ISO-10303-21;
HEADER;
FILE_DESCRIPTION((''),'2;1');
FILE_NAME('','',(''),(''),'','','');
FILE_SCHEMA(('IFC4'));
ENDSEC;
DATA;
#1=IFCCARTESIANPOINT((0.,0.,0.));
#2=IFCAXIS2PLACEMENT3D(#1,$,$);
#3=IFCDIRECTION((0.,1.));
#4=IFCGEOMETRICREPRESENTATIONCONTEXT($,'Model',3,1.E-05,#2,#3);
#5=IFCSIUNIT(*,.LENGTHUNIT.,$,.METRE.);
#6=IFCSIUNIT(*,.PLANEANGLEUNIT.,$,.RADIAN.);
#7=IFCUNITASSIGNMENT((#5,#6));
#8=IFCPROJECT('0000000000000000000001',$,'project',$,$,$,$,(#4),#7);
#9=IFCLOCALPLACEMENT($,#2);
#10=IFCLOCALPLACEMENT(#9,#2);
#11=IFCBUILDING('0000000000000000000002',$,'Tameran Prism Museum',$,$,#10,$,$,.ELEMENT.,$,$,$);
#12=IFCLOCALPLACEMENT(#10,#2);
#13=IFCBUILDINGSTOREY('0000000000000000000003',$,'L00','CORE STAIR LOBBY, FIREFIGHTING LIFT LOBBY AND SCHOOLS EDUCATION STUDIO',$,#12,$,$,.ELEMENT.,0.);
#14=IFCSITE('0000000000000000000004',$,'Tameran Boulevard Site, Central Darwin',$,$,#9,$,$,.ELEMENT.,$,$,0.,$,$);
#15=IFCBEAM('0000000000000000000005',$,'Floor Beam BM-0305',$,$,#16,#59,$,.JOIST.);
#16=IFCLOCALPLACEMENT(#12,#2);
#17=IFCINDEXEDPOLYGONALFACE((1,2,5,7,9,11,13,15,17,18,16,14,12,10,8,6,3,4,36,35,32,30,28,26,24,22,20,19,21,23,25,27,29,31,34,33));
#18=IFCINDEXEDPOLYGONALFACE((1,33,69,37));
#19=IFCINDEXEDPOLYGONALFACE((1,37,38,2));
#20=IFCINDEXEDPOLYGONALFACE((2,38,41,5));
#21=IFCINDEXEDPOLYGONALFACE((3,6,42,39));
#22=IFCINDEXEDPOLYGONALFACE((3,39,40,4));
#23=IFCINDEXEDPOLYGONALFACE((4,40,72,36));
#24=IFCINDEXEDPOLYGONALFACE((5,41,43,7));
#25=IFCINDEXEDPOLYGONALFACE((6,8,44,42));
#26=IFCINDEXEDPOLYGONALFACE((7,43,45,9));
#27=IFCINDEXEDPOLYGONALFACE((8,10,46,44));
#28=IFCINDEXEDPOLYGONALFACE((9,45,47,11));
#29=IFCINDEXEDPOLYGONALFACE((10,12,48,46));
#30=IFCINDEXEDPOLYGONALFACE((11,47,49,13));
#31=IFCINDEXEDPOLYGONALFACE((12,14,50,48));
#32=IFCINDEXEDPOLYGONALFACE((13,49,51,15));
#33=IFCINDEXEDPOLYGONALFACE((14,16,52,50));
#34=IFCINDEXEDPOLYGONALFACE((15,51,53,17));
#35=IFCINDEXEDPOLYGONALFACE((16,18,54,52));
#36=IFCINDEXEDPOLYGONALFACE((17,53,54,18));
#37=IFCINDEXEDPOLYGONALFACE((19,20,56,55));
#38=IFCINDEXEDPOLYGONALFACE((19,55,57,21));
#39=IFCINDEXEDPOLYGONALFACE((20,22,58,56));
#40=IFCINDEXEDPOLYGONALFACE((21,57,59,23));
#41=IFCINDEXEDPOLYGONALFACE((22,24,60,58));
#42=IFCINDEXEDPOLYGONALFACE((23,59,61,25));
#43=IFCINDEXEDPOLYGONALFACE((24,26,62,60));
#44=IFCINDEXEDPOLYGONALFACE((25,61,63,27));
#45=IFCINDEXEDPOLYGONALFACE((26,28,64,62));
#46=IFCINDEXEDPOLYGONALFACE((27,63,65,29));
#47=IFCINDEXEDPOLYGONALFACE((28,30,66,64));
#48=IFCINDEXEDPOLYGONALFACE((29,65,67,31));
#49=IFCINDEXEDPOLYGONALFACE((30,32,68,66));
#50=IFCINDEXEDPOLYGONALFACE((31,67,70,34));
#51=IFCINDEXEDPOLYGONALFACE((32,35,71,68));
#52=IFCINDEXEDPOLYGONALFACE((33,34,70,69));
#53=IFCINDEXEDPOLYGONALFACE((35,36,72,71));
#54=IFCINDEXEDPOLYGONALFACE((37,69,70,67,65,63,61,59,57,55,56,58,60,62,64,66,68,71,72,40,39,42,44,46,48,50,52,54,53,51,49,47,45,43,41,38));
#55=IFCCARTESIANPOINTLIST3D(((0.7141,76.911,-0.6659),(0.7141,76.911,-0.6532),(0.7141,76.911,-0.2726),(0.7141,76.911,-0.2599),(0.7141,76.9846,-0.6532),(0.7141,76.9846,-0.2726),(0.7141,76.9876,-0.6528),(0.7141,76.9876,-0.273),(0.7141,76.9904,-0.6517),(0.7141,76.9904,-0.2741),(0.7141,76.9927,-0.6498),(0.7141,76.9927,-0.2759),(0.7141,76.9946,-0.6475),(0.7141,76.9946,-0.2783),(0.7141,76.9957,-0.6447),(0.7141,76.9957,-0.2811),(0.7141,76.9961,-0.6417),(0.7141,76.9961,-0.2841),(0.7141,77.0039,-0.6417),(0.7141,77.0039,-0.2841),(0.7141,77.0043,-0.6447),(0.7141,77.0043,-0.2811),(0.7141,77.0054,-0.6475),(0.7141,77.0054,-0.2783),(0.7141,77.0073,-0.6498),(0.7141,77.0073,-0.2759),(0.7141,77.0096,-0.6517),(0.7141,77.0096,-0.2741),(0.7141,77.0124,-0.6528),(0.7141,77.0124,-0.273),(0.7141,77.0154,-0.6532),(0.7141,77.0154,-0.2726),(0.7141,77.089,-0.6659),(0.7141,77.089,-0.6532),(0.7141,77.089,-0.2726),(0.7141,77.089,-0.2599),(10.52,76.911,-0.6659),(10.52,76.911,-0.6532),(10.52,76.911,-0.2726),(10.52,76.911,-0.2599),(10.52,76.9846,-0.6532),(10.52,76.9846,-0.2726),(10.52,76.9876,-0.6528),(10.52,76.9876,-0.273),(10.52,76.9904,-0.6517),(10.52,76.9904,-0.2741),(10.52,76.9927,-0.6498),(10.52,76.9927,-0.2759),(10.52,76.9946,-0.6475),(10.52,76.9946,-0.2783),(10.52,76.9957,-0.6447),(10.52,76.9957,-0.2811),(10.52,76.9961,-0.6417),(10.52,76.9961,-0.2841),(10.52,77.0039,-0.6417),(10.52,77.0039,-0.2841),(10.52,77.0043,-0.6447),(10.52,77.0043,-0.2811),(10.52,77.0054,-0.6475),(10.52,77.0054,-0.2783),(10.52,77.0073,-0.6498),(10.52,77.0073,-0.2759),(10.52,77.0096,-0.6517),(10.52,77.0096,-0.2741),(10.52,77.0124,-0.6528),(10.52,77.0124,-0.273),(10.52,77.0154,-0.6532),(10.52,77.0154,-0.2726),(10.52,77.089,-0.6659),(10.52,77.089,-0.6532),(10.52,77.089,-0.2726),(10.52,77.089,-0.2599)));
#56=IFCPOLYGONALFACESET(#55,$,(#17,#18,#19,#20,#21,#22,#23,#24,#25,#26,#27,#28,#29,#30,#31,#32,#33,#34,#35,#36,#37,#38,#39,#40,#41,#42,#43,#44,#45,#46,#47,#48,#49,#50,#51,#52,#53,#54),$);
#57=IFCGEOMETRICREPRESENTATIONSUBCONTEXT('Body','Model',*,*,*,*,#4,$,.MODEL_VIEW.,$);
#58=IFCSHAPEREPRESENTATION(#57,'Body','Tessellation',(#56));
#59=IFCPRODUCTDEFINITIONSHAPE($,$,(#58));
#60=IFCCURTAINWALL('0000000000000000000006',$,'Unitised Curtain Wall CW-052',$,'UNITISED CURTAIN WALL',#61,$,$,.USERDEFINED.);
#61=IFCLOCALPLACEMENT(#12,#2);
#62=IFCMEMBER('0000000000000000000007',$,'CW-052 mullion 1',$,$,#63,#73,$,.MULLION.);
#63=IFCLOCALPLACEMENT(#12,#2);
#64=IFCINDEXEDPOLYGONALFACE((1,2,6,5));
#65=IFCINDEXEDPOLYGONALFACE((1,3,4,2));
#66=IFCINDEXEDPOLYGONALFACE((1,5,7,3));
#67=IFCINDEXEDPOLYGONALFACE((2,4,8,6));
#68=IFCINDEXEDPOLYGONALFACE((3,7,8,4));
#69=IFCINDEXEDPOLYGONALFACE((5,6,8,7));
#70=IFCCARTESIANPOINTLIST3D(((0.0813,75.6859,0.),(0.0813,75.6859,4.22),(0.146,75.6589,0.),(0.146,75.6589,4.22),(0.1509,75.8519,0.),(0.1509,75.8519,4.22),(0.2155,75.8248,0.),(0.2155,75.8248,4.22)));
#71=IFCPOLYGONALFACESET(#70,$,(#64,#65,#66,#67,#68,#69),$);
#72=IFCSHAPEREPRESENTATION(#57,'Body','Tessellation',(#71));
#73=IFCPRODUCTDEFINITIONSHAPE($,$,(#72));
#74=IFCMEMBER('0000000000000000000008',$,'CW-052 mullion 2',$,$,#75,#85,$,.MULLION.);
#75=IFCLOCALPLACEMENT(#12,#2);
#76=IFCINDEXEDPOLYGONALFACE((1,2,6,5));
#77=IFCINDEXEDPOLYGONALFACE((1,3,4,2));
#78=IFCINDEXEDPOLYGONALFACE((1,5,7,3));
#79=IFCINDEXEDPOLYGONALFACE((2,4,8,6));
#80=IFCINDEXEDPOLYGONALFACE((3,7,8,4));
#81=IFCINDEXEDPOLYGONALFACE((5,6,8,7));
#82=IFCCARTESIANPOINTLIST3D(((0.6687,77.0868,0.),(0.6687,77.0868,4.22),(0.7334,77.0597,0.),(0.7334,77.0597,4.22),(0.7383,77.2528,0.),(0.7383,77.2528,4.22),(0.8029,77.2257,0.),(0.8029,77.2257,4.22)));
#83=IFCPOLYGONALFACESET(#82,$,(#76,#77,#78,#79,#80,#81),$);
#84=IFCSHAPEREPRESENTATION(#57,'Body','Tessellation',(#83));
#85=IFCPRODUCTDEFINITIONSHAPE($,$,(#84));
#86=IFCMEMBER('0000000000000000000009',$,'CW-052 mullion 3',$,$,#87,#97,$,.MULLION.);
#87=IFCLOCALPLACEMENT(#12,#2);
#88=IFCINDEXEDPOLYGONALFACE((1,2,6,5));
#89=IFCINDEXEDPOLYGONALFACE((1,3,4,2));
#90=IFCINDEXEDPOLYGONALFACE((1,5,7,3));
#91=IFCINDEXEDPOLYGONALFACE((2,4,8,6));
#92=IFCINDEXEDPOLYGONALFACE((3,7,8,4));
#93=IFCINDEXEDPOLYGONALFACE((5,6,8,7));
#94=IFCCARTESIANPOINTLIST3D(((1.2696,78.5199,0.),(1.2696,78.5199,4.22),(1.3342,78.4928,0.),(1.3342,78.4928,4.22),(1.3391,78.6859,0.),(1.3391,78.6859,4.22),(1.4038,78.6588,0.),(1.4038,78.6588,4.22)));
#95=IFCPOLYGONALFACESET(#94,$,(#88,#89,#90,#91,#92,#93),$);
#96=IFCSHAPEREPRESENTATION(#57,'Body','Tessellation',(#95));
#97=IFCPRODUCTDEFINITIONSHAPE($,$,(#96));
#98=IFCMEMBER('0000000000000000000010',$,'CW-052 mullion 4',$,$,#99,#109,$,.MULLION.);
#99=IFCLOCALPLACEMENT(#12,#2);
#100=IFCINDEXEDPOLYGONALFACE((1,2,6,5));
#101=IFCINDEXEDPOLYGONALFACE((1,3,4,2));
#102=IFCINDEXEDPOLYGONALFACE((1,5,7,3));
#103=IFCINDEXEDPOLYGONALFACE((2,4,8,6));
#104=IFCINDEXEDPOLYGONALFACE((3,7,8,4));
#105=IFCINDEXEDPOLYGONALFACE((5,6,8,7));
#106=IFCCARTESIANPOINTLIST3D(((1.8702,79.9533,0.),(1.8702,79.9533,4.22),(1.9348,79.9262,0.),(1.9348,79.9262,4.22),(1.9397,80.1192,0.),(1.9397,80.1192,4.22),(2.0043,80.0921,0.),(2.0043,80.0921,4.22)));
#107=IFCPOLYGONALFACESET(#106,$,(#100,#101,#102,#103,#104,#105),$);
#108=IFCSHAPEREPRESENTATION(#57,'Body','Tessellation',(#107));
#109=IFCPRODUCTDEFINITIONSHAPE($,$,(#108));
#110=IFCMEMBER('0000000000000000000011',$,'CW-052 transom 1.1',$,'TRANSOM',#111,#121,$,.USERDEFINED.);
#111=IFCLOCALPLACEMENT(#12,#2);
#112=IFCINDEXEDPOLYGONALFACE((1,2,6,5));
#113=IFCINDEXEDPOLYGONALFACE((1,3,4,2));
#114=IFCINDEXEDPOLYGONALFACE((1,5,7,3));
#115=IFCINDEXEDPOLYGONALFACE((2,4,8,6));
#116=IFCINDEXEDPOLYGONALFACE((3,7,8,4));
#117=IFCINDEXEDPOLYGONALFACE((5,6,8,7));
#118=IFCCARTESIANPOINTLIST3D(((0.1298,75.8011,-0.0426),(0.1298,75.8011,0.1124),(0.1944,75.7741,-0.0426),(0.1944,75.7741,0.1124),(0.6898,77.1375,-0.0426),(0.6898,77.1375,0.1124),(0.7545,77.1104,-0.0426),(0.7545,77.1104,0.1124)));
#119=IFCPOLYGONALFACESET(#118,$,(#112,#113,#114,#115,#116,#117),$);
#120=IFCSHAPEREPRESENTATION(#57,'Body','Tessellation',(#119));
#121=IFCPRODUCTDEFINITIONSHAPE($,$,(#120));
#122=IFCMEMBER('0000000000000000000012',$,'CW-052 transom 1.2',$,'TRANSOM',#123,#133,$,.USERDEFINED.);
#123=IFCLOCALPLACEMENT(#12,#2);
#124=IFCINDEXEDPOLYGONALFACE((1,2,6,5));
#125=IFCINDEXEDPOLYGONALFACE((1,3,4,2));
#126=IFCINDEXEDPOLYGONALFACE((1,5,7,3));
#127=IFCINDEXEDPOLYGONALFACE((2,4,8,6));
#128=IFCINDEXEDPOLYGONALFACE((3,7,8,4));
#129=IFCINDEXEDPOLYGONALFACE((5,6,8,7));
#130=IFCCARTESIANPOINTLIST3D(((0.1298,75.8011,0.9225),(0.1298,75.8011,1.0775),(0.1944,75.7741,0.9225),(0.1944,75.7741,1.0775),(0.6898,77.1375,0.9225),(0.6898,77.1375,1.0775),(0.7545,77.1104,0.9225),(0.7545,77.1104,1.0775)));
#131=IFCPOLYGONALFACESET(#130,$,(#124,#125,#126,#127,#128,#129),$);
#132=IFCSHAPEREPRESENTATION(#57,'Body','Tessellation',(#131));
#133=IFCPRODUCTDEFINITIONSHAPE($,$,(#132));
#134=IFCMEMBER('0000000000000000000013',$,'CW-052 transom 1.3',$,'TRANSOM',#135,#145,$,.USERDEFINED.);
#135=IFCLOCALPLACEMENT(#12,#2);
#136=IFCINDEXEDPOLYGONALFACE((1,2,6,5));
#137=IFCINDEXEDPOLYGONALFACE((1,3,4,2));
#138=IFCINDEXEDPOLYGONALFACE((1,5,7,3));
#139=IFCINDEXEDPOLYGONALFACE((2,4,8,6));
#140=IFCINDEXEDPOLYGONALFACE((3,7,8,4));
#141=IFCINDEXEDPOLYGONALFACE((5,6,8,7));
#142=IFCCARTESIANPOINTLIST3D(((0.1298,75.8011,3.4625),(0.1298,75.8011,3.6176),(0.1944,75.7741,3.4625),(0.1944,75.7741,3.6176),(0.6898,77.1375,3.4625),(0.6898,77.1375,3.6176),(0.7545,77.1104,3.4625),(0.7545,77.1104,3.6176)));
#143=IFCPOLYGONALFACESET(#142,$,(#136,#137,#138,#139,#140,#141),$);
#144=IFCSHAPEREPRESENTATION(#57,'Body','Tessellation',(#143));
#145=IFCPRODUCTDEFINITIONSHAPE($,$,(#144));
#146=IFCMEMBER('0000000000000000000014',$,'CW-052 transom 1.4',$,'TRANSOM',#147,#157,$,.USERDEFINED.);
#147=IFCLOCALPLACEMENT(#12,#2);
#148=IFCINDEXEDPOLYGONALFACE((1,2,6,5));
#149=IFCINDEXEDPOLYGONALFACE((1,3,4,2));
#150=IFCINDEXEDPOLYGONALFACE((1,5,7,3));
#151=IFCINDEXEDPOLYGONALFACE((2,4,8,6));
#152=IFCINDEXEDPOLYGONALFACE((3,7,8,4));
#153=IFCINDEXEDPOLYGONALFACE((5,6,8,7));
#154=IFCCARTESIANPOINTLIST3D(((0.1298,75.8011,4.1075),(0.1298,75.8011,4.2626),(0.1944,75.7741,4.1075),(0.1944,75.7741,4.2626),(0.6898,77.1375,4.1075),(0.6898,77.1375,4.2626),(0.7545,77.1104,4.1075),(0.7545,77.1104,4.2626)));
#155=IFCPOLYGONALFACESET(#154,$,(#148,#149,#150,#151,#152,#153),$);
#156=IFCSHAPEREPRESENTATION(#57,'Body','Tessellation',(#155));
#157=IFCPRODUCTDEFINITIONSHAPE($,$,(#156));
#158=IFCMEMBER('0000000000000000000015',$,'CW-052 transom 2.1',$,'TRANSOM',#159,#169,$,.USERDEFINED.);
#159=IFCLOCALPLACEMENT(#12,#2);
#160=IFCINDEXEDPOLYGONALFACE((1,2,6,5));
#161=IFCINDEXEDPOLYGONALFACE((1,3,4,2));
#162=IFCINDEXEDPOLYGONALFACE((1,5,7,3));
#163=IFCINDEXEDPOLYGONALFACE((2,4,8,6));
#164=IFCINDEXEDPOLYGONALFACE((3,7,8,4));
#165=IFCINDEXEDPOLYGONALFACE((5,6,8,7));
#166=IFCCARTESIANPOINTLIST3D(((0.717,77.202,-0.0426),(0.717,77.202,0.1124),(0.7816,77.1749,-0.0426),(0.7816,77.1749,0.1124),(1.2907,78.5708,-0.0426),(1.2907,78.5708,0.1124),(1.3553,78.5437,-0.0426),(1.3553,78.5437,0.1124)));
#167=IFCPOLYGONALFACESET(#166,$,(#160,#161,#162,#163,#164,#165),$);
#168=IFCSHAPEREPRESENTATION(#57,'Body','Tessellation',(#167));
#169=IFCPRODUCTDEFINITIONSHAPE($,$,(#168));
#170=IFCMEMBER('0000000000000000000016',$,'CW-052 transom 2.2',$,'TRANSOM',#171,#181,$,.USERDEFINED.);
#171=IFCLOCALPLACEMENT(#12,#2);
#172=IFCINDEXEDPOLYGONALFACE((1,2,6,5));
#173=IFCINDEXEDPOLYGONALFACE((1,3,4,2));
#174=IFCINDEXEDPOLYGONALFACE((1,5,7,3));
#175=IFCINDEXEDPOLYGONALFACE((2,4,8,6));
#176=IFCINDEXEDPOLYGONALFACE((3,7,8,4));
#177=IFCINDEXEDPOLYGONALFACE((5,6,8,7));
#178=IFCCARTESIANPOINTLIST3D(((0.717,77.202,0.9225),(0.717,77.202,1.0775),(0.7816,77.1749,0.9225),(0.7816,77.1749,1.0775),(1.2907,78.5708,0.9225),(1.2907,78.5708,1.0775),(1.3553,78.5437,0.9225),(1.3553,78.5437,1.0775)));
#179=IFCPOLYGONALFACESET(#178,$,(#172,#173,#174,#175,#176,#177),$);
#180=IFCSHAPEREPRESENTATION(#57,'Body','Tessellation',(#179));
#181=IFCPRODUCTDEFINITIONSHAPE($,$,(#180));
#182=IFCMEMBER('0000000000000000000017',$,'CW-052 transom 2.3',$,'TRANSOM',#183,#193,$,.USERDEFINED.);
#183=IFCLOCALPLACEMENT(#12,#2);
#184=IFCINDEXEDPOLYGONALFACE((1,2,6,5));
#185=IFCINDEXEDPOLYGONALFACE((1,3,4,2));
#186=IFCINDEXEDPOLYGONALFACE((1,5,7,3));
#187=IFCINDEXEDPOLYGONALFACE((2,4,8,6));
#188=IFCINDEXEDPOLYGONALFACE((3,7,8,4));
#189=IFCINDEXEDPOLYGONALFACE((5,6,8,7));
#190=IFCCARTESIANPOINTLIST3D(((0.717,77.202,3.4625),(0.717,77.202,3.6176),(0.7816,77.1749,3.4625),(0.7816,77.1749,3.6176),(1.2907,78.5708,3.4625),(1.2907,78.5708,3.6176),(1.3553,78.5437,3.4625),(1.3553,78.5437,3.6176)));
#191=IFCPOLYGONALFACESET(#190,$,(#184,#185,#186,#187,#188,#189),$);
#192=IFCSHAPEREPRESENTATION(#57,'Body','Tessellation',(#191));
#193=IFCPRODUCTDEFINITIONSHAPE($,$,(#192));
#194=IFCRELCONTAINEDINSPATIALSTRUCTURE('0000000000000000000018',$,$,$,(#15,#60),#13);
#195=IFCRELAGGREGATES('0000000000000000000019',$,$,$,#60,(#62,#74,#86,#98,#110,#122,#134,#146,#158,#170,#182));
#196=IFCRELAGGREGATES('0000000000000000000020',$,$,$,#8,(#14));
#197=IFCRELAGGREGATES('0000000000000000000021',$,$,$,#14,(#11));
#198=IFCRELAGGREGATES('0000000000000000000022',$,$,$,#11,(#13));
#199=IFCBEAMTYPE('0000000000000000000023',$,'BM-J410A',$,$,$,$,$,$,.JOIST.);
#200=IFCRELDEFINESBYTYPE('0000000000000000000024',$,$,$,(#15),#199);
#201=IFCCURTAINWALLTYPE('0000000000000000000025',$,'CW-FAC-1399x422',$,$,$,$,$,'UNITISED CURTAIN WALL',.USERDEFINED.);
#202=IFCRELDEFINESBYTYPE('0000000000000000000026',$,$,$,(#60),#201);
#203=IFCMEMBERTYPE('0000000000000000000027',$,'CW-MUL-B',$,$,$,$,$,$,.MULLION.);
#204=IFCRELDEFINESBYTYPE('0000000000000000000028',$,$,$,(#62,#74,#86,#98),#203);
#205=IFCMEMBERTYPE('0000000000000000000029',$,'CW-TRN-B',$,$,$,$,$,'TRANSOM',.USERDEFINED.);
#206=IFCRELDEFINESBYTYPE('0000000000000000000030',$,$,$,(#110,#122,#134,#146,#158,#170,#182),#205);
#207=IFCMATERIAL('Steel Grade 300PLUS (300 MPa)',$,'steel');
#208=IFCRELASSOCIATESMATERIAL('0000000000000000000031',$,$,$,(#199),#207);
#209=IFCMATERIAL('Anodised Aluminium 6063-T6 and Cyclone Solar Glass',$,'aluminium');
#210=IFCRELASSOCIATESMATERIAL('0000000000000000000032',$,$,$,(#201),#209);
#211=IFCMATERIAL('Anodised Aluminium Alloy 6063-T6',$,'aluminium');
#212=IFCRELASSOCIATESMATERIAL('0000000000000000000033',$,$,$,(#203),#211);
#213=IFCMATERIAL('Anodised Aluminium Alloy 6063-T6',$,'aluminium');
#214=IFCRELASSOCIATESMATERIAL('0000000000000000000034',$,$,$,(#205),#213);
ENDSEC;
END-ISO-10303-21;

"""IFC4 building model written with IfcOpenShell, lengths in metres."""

from ifc_helpers import new_model, si_unit, direction, frame, origin, origin_2d, place, context, subcontext, project, spatial, rectangle, i_section, extrude, material, material_profile, profile_set, type_object, element, aggregate, save


model = new_model("IFC4")

# Units and contexts
model_context = context("Model", 3, precision=1e-05, world=origin(), true_north=direction((0.0, 1.0)))
body_context = subcontext(model_context, "Body", "Model", "MODEL_VIEW")
ifc_project = project(units=[si_unit("LENGTHUNIT", "METRE"), si_unit("PLANEANGLEUNIT", "RADIAN")], contexts=[model_context])

# Site, building, storey
site_placement = place(None, origin())
site = spatial("IfcSite", under=ifc_project, at=site_placement, Name="Tameran Boulevard Site, Central Darwin", CompositionType="ELEMENT", RefElevation=0.0)
building_placement = place(site_placement, origin())
building = spatial("IfcBuilding", under=site, at=building_placement, Name="Tameran Prism Museum", CompositionType="ELEMENT")
storey_placement = place(building_placement, origin())
storey = spatial("IfcBuildingStorey", under=building, at=storey_placement, Name="L00", Description="CORE STAIR LOBBY, FIREFIGHTING LIFT LOBBY AND SCHOOLS EDUCATION STUDIO", CompositionType="ELEMENT", Elevation=0.0)

# Beam
ifc_material_1 = material(Name="Steel Grade 300PLUS (300 MPa)", Category="steel")
ifc_material_profile_1 = material_profile(ifc_material_1, i_section(OverallWidth=0.178, OverallDepth=0.406, WebThickness=0.0078, FlangeThickness=0.0127, FilletRadius=0.0115, at=origin_2d()))
ifc_profile_set_1 = profile_set([ifc_material_profile_1])
beam_type = type_object("IfcBeamType", Name="BM-J410A", PredefinedType="JOIST", material=ifc_profile_set_1)
beam_placement = place(storey_placement, frame((0.7141, 77.0, -0.4629), z_axis=(1.0, 0.0, 0.0), x_axis=(0.0, 1.0, 0.0)))
element("IfcBeam", 1, at=beam_placement, inside=storey, type_object=beam_type, Name="Floor Beam BM-0305", PredefinedType="JOIST", context=body_context, shape_type="SweptSolid", body=[
    extrude(i_section(OverallWidth=0.178, OverallDepth=0.406, WebThickness=0.0078, FlangeThickness=0.0127, FilletRadius=0.0115, at=origin_2d()), origin(), (0.0, 0.0, 1.0), 9.8059),
])

# Curtain wall, members
ifc_material_2 = material(Name="Anodised Aluminium 6063-T6 and Cyclone Solar Glass", Category="aluminium")
curtain_wall_type = type_object("IfcCurtainWallType", Name="CW-FAC-1399x422", ElementType="UNITISED CURTAIN WALL", PredefinedType="USERDEFINED", material=ifc_material_2)
curtain_wall_placement = place(storey_placement, origin())
curtain_wall = element("IfcCurtainWall", 2, at=curtain_wall_placement, inside=storey, type_object=curtain_wall_type, Name="Unitised Curtain Wall CW-052", ObjectType="UNITISED CURTAIN WALL", PredefinedType="USERDEFINED")
ifc_material_3 = material(Name="Anodised Aluminium Alloy 6063-T6", Category="aluminium")
ifc_material_profile_2 = material_profile(ifc_material_3, rectangle(XDim=0.0701, YDim=0.1799, at=origin_2d()))
ifc_profile_set_2 = profile_set([ifc_material_profile_2])
member_type_1 = type_object("IfcMemberType", Name="CW-MUL-B", PredefinedType="MULLION", material=ifc_profile_set_2)
member_1_placement = place(storey_placement, frame((0.1484, 75.7554, 0.0), z_axis=(0.0, 0.0, 1.0), x_axis=(-0.922252, 0.386589, 0.0)))
member_1 = element("IfcMember", 3, at=member_1_placement, type_object=member_type_1, Name="CW-052 mullion 1", PredefinedType="MULLION", context=body_context, shape_type="SweptSolid", body=[
    extrude(rectangle(XDim=0.0701, YDim=0.1799, at=origin_2d()), origin(), (0.0, 0.0, 1.0), 4.22),
])
member_2_placement = place(storey_placement, frame((0.7358, 77.1562, 0.0), z_axis=(0.0, 0.0, 1.0), x_axis=(-0.922252, 0.386589, 0.0)))
member_2 = element("IfcMember", 4, at=member_2_placement, type_object=member_type_1, Name="CW-052 mullion 2", PredefinedType="MULLION", context=body_context, shape_type="SweptSolid", body=[
    extrude(rectangle(XDim=0.0701, YDim=0.1799, at=origin_2d()), origin(), (0.0, 0.0, 1.0), 4.22),
])
member_3_placement = place(storey_placement, frame((1.3367, 78.5894, 0.0), z_axis=(0.0, 0.0, 1.0), x_axis=(-0.922252, 0.386589, 0.0)))
member_3 = element("IfcMember", 5, at=member_3_placement, type_object=member_type_1, Name="CW-052 mullion 3", PredefinedType="MULLION", context=body_context, shape_type="SweptSolid", body=[
    extrude(rectangle(XDim=0.0701, YDim=0.1799, at=origin_2d()), origin(), (0.0, 0.0, 1.0), 4.22),
])
member_4_placement = place(storey_placement, frame((1.9373, 80.0227, 0.0), z_axis=(0.0, 0.0, 1.0), x_axis=(-0.922252, 0.386589, 0.0)))
member_4 = element("IfcMember", 6, at=member_4_placement, type_object=member_type_1, Name="CW-052 mullion 4", PredefinedType="MULLION", context=body_context, shape_type="SweptSolid", body=[
    extrude(rectangle(XDim=0.0701, YDim=0.1799, at=origin_2d()), origin(), (0.0, 0.0, 1.0), 4.22),
])
ifc_material_4 = material(Name="Anodised Aluminium Alloy 6063-T6", Category="aluminium")
ifc_material_profile_3 = material_profile(ifc_material_4, rectangle(XDim=0.0701, YDim=0.155, at=origin_2d()))
ifc_profile_set_3 = profile_set([ifc_material_profile_3])
member_type_2 = type_object("IfcMemberType", Name="CW-TRN-B", ElementType="TRANSOM", PredefinedType="USERDEFINED", material=ifc_profile_set_3)
member_5_placement = place(storey_placement, frame((0.1621, 75.7876, 0.0349), z_axis=(0.386505, 0.922287, 0.0), x_axis=(-0.922287, 0.386505, 0.0)))
member_5 = element("IfcMember", 7, at=member_5_placement, type_object=member_type_2, Name="CW-052 transom 1.1", ObjectType="TRANSOM", PredefinedType="USERDEFINED", context=body_context, shape_type="SweptSolid", body=[
    extrude(rectangle(XDim=0.0701, YDim=0.155, at=origin_2d()), origin(), (0.0, 0.0, 1.0), 1.449),
])
member_6_placement = place(storey_placement, frame((0.1621, 75.7876, 1.0), z_axis=(0.386505, 0.922287, 0.0), x_axis=(-0.922287, 0.386505, 0.0)))
member_6 = element("IfcMember", 8, at=member_6_placement, type_object=member_type_2, Name="CW-052 transom 1.2", ObjectType="TRANSOM", PredefinedType="USERDEFINED", context=body_context, shape_type="SweptSolid", body=[
    extrude(rectangle(XDim=0.0701, YDim=0.155, at=origin_2d()), origin(), (0.0, 0.0, 1.0), 1.449),
])
member_7_placement = place(storey_placement, frame((0.1621, 75.7876, 3.54), z_axis=(0.386505, 0.922287, 0.0), x_axis=(-0.922287, 0.386505, 0.0)))
member_7 = element("IfcMember", 9, at=member_7_placement, type_object=member_type_2, Name="CW-052 transom 1.3", ObjectType="TRANSOM", PredefinedType="USERDEFINED", context=body_context, shape_type="SweptSolid", body=[
    extrude(rectangle(XDim=0.0701, YDim=0.155, at=origin_2d()), origin(), (0.0, 0.0, 1.0), 1.449),
])
member_8_placement = place(storey_placement, frame((0.1621, 75.7876, 4.1851), z_axis=(0.386505, 0.922287, 0.0), x_axis=(-0.922287, 0.386505, 0.0)))
member_8 = element("IfcMember", 10, at=member_8_placement, type_object=member_type_2, Name="CW-052 transom 1.4", ObjectType="TRANSOM", PredefinedType="USERDEFINED", context=body_context, shape_type="SweptSolid", body=[
    extrude(rectangle(XDim=0.0701, YDim=0.155, at=origin_2d()), origin(), (0.0, 0.0, 1.0), 1.449),
])
member_9_placement = place(storey_placement, frame((0.7493, 77.1885, 0.0349), z_axis=(0.3866, 0.922247, 0.0), x_axis=(-0.922247, 0.3866, 0.0)))
member_9 = element("IfcMember", 11, at=member_9_placement, type_object=member_type_2, Name="CW-052 transom 2.1", ObjectType="TRANSOM", PredefinedType="USERDEFINED", context=body_context, shape_type="SweptSolid", body=[
    extrude(rectangle(XDim=0.0701, YDim=0.155, at=origin_2d()), origin(), (0.0, 0.0, 1.0), 1.4841),
])
member_10_placement = place(storey_placement, frame((0.7493, 77.1885, 1.0), z_axis=(0.3866, 0.922247, 0.0), x_axis=(-0.922247, 0.3866, 0.0)))
member_10 = element("IfcMember", 12, at=member_10_placement, type_object=member_type_2, Name="CW-052 transom 2.2", ObjectType="TRANSOM", PredefinedType="USERDEFINED", context=body_context, shape_type="SweptSolid", body=[
    extrude(rectangle(XDim=0.0701, YDim=0.155, at=origin_2d()), origin(), (0.0, 0.0, 1.0), 1.4841),
])
member_11_placement = place(storey_placement, frame((0.7493, 77.1885, 3.54), z_axis=(0.3866, 0.922247, 0.0), x_axis=(-0.922247, 0.3866, 0.0)))
member_11 = element("IfcMember", 13, at=member_11_placement, type_object=member_type_2, Name="CW-052 transom 2.3", ObjectType="TRANSOM", PredefinedType="USERDEFINED", context=body_context, shape_type="SweptSolid", body=[
    extrude(rectangle(XDim=0.0701, YDim=0.155, at=origin_2d()), origin(), (0.0, 0.0, 1.0), 1.4841),
])
aggregate(curtain_wall, [member_1, member_2, member_3, member_4, member_5, member_6, member_7, member_8, member_9, member_10, member_11])

save(model, "model.ifc")
